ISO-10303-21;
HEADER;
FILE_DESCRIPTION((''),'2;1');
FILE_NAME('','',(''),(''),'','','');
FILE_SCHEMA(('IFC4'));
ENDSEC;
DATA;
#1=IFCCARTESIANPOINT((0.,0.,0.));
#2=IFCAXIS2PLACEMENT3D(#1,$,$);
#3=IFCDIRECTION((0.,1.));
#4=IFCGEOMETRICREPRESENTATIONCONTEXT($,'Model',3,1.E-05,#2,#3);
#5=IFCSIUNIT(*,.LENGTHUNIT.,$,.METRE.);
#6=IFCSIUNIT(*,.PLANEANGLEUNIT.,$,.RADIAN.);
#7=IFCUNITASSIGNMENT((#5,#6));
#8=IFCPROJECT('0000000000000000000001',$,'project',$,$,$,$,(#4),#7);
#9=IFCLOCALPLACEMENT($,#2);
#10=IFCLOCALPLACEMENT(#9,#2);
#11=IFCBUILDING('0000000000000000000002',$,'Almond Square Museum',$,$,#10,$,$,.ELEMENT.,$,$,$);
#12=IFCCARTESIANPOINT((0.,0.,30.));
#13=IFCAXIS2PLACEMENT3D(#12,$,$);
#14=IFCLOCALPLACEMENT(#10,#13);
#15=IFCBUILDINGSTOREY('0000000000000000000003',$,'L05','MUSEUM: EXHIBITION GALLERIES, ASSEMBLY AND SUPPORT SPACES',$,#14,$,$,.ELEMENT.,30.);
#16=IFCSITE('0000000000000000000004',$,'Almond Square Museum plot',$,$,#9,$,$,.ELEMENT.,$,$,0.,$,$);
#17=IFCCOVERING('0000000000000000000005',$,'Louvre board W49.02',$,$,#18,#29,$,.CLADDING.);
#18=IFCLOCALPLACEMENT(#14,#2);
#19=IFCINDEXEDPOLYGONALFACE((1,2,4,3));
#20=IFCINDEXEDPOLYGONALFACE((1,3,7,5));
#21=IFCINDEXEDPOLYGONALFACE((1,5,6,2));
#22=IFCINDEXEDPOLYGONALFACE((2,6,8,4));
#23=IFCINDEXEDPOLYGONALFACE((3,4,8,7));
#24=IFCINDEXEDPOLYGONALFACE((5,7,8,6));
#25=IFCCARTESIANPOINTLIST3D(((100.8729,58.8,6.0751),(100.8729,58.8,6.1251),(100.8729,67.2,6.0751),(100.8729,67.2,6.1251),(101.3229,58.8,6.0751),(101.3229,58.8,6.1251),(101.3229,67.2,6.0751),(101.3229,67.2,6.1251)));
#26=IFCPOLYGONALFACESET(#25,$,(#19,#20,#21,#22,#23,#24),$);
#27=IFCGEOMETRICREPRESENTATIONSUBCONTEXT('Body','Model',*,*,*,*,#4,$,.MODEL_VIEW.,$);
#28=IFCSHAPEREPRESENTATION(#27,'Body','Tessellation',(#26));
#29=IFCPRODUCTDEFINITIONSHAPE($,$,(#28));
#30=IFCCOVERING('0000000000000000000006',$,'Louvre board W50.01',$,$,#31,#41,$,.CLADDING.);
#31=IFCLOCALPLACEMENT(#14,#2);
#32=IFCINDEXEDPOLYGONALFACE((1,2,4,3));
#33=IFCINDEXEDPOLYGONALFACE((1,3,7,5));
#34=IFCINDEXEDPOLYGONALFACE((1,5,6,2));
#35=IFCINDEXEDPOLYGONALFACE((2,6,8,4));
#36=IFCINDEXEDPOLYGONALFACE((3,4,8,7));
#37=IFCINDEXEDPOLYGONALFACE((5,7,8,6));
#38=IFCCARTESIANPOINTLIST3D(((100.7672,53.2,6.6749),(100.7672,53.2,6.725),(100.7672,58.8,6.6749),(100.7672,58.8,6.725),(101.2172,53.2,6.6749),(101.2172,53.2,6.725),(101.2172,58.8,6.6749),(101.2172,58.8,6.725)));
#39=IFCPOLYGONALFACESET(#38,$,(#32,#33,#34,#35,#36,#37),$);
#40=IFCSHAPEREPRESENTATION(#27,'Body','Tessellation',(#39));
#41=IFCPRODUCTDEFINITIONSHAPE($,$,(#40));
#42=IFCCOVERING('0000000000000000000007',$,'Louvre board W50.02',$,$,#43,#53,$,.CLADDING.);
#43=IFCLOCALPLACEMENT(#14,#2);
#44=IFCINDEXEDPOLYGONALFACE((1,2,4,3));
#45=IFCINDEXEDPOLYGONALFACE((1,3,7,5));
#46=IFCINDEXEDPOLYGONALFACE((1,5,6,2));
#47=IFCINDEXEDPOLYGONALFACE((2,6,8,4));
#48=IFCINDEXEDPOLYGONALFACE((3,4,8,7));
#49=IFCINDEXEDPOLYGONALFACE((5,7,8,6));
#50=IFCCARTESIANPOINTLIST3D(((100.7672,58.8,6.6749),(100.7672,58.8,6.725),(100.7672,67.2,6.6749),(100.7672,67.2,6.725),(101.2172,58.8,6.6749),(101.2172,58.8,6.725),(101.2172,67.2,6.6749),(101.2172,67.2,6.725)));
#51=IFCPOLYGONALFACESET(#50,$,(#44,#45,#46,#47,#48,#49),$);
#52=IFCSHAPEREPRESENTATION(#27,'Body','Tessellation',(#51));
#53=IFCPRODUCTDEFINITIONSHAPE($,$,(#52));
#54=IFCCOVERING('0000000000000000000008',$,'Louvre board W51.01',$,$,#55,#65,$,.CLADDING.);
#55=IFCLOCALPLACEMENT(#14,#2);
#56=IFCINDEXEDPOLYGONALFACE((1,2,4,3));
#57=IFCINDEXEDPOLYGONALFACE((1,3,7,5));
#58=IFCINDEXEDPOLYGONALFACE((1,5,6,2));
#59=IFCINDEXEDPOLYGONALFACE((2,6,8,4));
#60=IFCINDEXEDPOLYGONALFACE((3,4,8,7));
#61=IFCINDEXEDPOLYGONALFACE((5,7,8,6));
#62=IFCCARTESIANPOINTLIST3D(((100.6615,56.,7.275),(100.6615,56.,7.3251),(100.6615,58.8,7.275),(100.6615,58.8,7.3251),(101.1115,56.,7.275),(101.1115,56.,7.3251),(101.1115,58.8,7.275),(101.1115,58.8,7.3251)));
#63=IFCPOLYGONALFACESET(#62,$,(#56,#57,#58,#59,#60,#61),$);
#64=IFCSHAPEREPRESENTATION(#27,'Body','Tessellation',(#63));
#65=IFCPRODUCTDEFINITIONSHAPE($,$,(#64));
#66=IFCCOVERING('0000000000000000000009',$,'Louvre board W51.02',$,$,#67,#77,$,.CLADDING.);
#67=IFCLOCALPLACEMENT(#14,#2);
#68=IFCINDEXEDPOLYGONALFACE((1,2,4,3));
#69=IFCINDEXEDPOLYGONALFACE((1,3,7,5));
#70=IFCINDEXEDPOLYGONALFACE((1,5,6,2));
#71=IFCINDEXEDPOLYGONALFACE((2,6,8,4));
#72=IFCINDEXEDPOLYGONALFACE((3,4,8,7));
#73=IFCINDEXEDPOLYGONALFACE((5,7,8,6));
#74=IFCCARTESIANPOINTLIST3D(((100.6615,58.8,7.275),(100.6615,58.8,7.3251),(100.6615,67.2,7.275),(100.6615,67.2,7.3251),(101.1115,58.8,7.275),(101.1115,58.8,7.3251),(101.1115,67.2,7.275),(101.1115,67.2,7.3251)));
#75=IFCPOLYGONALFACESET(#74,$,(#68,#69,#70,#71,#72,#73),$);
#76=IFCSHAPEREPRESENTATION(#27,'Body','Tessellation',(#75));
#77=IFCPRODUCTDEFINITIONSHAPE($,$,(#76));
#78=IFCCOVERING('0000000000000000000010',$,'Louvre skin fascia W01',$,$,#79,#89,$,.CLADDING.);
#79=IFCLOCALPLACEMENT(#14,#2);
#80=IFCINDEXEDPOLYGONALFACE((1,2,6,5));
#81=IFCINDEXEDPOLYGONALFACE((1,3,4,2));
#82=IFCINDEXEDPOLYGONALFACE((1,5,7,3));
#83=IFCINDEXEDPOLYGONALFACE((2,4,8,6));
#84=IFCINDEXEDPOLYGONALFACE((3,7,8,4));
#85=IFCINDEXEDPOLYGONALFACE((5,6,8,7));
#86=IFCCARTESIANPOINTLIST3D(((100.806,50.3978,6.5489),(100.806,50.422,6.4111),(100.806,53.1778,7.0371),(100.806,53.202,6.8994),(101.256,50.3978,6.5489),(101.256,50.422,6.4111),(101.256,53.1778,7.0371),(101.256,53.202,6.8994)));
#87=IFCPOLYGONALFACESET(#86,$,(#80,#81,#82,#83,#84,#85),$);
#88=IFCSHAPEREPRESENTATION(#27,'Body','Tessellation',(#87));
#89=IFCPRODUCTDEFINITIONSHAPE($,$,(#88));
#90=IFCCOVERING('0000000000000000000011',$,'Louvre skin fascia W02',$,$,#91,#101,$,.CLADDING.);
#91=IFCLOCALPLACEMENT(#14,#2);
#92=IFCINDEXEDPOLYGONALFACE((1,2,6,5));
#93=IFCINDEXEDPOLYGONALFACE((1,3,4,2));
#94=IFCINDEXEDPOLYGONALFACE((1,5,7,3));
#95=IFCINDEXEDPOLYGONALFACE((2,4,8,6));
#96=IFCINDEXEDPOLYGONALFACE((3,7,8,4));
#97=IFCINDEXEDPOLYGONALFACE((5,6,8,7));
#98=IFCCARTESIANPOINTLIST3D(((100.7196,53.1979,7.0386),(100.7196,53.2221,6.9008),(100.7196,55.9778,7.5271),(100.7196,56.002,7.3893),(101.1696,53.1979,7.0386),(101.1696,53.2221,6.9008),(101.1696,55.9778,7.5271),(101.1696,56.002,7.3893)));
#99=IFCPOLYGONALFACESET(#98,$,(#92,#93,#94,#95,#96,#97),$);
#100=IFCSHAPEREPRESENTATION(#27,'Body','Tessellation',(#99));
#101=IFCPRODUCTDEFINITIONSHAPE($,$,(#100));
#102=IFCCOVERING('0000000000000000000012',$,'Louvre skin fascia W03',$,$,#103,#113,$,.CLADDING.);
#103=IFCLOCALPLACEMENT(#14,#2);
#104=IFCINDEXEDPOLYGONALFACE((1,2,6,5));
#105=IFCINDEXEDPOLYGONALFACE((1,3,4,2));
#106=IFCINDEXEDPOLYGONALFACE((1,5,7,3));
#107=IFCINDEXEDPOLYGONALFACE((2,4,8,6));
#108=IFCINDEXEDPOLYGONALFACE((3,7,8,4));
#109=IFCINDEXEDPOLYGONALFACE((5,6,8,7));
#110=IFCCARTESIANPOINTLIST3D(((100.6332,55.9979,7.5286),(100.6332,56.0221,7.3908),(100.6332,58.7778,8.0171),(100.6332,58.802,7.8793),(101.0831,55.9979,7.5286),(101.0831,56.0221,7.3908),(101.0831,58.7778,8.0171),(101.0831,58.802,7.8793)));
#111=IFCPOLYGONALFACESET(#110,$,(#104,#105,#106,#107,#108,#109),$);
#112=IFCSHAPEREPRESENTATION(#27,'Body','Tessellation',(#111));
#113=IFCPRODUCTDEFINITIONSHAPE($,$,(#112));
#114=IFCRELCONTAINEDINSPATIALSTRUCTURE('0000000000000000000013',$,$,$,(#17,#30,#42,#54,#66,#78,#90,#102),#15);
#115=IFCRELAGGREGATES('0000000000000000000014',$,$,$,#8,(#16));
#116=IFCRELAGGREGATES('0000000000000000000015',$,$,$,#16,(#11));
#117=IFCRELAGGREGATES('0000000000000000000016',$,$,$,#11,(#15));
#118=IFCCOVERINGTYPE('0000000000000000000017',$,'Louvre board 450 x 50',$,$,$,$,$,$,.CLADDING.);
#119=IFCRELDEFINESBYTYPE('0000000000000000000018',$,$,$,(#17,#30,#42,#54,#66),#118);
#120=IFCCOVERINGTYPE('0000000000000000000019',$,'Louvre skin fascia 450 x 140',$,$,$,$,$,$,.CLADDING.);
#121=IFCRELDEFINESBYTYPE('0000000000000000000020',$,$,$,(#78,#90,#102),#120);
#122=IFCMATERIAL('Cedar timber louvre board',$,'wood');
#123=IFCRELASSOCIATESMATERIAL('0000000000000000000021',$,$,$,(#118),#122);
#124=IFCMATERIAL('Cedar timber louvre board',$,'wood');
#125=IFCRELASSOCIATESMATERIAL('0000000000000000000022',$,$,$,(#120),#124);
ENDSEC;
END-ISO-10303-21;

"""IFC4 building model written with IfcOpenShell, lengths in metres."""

from ifc_helpers import new_model, si_unit, direction, frame, origin, origin_2d, place, context, subcontext, project, spatial, rectangle, extrude, material, material_profile, profile_set, type_object, element, save


model = new_model("IFC4")

# Units and contexts
model_context = context("Model", 3, precision=1e-05, world=origin(), true_north=direction((0.0, 1.0)))
body_context = subcontext(model_context, "Body", "Model", "MODEL_VIEW")
ifc_project = project(units=[si_unit("LENGTHUNIT", "METRE"), si_unit("PLANEANGLEUNIT", "RADIAN")], contexts=[model_context])

# Site, building, storey
site_placement = place(None, origin())
site = spatial("IfcSite", under=ifc_project, at=site_placement, Name="Almond Square Museum plot", CompositionType="ELEMENT", RefElevation=0.0)
building_placement = place(site_placement, origin())
building = spatial("IfcBuilding", under=site, at=building_placement, Name="Almond Square Museum", CompositionType="ELEMENT")
storey_placement = place(building_placement, frame((0.0, 0.0, 30.0)))
storey = spatial("IfcBuildingStorey", under=building, at=storey_placement, Name="L05", Description="MUSEUM: EXHIBITION GALLERIES, ASSEMBLY AND SUPPORT SPACES", CompositionType="ELEMENT", Elevation=30.0)

# Coverings
ifc_material_1 = material(Name="Cedar timber louvre board", Category="wood")
ifc_material_profile_1 = material_profile(ifc_material_1, rectangle(XDim=0.45, YDim=0.05, at=origin_2d()))
ifc_profile_set_1 = profile_set([ifc_material_profile_1], Name="Cedar timber louvre board")
covering_type_1 = type_object("IfcCoveringType", Name="Louvre board 450 x 50", PredefinedType="CLADDING", material=ifc_profile_set_1)
covering_1_placement = place(storey_placement, frame((101.0979, 58.8, 6.1001), z_axis=(0.0, 1.0, 0.0), x_axis=(-1.0, 0.0, 0.0)))
element("IfcCovering", 1, at=covering_1_placement, inside=storey, type_object=covering_type_1, Name="Louvre board W49.02", PredefinedType="CLADDING", context=body_context, shape_type="SweptSolid", body=[
    extrude(rectangle(XDim=0.45, YDim=0.05, at=origin_2d()), origin(), (0.0, 0.0, 1.0), 8.3999),
])
covering_2_placement = place(storey_placement, frame((100.9922, 53.2, 6.7), z_axis=(0.0, 1.0, 0.0), x_axis=(-1.0, 0.0, 0.0)))
element("IfcCovering", 2, at=covering_2_placement, inside=storey, type_object=covering_type_1, Name="Louvre board W50.01", PredefinedType="CLADDING", context=body_context, shape_type="SweptSolid", body=[
    extrude(rectangle(XDim=0.45, YDim=0.05, at=origin_2d()), origin(), (0.0, 0.0, 1.0), 5.6001),
])
covering_3_placement = place(storey_placement, frame((100.9922, 58.8, 6.7), z_axis=(0.0, 1.0, 0.0), x_axis=(-1.0, 0.0, 0.0)))
element("IfcCovering", 3, at=covering_3_placement, inside=storey, type_object=covering_type_1, Name="Louvre board W50.02", PredefinedType="CLADDING", context=body_context, shape_type="SweptSolid", body=[
    extrude(rectangle(XDim=0.45, YDim=0.05, at=origin_2d()), origin(), (0.0, 0.0, 1.0), 8.3999),
])
covering_4_placement = place(storey_placement, frame((100.8865, 56.0, 7.3), z_axis=(0.0, 1.0, 0.0), x_axis=(-1.0, 0.0, 0.0)))
element("IfcCovering", 4, at=covering_4_placement, inside=storey, type_object=covering_type_1, Name="Louvre board W51.01", PredefinedType="CLADDING", context=body_context, shape_type="SweptSolid", body=[
    extrude(rectangle(XDim=0.45, YDim=0.05, at=origin_2d()), origin(), (0.0, 0.0, 1.0), 2.8),
])
covering_5_placement = place(storey_placement, frame((100.8865, 58.8, 7.3), z_axis=(0.0, 1.0, 0.0), x_axis=(-1.0, 0.0, 0.0)))
element("IfcCovering", 5, at=covering_5_placement, inside=storey, type_object=covering_type_1, Name="Louvre board W51.02", PredefinedType="CLADDING", context=body_context, shape_type="SweptSolid", body=[
    extrude(rectangle(XDim=0.45, YDim=0.05, at=origin_2d()), origin(), (0.0, 0.0, 1.0), 8.3999),
])
ifc_material_2 = material(Name="Cedar timber louvre board", Category="wood")
ifc_material_profile_2 = material_profile(ifc_material_2, rectangle(XDim=0.45, YDim=0.1399, at=origin_2d()))
ifc_profile_set_2 = profile_set([ifc_material_profile_2], Name="Cedar timber louvre board")
covering_type_2 = type_object("IfcCoveringType", Name="Louvre skin fascia 450 x 140", PredefinedType="CLADDING", material=ifc_profile_set_2)
for number, where, z_axis, x_axis, name in (
    (6, (101.031, 50.4099, 6.48), (0.0, 0.984923, 0.172991), (-1.0, 0.0, 0.0), "Louvre skin fascia W01"),
    (7, (100.9446, 53.21, 6.9697), (0.0, 0.984909, 0.173075), (-1.0, 0.0, 0.0), "Louvre skin fascia W02"),
    (8, (100.8582, 56.01, 7.4597), (0.0, 0.984909, 0.173075), (-1.0, 0.0, 0.0), "Louvre skin fascia W03"),
):
    element("IfcCovering", number, at=place(storey_placement, frame(where, z_axis=z_axis, x_axis=x_axis)), inside=storey, type_object=covering_type_2, Name=name, PredefinedType="CLADDING", context=body_context, shape_type="SweptSolid", body=[
        extrude(rectangle(XDim=0.45, YDim=0.1399, at=origin_2d()), origin(), (0.0, 0.0, 1.0), 2.8225),
    ])

save(model, "model.ifc")
